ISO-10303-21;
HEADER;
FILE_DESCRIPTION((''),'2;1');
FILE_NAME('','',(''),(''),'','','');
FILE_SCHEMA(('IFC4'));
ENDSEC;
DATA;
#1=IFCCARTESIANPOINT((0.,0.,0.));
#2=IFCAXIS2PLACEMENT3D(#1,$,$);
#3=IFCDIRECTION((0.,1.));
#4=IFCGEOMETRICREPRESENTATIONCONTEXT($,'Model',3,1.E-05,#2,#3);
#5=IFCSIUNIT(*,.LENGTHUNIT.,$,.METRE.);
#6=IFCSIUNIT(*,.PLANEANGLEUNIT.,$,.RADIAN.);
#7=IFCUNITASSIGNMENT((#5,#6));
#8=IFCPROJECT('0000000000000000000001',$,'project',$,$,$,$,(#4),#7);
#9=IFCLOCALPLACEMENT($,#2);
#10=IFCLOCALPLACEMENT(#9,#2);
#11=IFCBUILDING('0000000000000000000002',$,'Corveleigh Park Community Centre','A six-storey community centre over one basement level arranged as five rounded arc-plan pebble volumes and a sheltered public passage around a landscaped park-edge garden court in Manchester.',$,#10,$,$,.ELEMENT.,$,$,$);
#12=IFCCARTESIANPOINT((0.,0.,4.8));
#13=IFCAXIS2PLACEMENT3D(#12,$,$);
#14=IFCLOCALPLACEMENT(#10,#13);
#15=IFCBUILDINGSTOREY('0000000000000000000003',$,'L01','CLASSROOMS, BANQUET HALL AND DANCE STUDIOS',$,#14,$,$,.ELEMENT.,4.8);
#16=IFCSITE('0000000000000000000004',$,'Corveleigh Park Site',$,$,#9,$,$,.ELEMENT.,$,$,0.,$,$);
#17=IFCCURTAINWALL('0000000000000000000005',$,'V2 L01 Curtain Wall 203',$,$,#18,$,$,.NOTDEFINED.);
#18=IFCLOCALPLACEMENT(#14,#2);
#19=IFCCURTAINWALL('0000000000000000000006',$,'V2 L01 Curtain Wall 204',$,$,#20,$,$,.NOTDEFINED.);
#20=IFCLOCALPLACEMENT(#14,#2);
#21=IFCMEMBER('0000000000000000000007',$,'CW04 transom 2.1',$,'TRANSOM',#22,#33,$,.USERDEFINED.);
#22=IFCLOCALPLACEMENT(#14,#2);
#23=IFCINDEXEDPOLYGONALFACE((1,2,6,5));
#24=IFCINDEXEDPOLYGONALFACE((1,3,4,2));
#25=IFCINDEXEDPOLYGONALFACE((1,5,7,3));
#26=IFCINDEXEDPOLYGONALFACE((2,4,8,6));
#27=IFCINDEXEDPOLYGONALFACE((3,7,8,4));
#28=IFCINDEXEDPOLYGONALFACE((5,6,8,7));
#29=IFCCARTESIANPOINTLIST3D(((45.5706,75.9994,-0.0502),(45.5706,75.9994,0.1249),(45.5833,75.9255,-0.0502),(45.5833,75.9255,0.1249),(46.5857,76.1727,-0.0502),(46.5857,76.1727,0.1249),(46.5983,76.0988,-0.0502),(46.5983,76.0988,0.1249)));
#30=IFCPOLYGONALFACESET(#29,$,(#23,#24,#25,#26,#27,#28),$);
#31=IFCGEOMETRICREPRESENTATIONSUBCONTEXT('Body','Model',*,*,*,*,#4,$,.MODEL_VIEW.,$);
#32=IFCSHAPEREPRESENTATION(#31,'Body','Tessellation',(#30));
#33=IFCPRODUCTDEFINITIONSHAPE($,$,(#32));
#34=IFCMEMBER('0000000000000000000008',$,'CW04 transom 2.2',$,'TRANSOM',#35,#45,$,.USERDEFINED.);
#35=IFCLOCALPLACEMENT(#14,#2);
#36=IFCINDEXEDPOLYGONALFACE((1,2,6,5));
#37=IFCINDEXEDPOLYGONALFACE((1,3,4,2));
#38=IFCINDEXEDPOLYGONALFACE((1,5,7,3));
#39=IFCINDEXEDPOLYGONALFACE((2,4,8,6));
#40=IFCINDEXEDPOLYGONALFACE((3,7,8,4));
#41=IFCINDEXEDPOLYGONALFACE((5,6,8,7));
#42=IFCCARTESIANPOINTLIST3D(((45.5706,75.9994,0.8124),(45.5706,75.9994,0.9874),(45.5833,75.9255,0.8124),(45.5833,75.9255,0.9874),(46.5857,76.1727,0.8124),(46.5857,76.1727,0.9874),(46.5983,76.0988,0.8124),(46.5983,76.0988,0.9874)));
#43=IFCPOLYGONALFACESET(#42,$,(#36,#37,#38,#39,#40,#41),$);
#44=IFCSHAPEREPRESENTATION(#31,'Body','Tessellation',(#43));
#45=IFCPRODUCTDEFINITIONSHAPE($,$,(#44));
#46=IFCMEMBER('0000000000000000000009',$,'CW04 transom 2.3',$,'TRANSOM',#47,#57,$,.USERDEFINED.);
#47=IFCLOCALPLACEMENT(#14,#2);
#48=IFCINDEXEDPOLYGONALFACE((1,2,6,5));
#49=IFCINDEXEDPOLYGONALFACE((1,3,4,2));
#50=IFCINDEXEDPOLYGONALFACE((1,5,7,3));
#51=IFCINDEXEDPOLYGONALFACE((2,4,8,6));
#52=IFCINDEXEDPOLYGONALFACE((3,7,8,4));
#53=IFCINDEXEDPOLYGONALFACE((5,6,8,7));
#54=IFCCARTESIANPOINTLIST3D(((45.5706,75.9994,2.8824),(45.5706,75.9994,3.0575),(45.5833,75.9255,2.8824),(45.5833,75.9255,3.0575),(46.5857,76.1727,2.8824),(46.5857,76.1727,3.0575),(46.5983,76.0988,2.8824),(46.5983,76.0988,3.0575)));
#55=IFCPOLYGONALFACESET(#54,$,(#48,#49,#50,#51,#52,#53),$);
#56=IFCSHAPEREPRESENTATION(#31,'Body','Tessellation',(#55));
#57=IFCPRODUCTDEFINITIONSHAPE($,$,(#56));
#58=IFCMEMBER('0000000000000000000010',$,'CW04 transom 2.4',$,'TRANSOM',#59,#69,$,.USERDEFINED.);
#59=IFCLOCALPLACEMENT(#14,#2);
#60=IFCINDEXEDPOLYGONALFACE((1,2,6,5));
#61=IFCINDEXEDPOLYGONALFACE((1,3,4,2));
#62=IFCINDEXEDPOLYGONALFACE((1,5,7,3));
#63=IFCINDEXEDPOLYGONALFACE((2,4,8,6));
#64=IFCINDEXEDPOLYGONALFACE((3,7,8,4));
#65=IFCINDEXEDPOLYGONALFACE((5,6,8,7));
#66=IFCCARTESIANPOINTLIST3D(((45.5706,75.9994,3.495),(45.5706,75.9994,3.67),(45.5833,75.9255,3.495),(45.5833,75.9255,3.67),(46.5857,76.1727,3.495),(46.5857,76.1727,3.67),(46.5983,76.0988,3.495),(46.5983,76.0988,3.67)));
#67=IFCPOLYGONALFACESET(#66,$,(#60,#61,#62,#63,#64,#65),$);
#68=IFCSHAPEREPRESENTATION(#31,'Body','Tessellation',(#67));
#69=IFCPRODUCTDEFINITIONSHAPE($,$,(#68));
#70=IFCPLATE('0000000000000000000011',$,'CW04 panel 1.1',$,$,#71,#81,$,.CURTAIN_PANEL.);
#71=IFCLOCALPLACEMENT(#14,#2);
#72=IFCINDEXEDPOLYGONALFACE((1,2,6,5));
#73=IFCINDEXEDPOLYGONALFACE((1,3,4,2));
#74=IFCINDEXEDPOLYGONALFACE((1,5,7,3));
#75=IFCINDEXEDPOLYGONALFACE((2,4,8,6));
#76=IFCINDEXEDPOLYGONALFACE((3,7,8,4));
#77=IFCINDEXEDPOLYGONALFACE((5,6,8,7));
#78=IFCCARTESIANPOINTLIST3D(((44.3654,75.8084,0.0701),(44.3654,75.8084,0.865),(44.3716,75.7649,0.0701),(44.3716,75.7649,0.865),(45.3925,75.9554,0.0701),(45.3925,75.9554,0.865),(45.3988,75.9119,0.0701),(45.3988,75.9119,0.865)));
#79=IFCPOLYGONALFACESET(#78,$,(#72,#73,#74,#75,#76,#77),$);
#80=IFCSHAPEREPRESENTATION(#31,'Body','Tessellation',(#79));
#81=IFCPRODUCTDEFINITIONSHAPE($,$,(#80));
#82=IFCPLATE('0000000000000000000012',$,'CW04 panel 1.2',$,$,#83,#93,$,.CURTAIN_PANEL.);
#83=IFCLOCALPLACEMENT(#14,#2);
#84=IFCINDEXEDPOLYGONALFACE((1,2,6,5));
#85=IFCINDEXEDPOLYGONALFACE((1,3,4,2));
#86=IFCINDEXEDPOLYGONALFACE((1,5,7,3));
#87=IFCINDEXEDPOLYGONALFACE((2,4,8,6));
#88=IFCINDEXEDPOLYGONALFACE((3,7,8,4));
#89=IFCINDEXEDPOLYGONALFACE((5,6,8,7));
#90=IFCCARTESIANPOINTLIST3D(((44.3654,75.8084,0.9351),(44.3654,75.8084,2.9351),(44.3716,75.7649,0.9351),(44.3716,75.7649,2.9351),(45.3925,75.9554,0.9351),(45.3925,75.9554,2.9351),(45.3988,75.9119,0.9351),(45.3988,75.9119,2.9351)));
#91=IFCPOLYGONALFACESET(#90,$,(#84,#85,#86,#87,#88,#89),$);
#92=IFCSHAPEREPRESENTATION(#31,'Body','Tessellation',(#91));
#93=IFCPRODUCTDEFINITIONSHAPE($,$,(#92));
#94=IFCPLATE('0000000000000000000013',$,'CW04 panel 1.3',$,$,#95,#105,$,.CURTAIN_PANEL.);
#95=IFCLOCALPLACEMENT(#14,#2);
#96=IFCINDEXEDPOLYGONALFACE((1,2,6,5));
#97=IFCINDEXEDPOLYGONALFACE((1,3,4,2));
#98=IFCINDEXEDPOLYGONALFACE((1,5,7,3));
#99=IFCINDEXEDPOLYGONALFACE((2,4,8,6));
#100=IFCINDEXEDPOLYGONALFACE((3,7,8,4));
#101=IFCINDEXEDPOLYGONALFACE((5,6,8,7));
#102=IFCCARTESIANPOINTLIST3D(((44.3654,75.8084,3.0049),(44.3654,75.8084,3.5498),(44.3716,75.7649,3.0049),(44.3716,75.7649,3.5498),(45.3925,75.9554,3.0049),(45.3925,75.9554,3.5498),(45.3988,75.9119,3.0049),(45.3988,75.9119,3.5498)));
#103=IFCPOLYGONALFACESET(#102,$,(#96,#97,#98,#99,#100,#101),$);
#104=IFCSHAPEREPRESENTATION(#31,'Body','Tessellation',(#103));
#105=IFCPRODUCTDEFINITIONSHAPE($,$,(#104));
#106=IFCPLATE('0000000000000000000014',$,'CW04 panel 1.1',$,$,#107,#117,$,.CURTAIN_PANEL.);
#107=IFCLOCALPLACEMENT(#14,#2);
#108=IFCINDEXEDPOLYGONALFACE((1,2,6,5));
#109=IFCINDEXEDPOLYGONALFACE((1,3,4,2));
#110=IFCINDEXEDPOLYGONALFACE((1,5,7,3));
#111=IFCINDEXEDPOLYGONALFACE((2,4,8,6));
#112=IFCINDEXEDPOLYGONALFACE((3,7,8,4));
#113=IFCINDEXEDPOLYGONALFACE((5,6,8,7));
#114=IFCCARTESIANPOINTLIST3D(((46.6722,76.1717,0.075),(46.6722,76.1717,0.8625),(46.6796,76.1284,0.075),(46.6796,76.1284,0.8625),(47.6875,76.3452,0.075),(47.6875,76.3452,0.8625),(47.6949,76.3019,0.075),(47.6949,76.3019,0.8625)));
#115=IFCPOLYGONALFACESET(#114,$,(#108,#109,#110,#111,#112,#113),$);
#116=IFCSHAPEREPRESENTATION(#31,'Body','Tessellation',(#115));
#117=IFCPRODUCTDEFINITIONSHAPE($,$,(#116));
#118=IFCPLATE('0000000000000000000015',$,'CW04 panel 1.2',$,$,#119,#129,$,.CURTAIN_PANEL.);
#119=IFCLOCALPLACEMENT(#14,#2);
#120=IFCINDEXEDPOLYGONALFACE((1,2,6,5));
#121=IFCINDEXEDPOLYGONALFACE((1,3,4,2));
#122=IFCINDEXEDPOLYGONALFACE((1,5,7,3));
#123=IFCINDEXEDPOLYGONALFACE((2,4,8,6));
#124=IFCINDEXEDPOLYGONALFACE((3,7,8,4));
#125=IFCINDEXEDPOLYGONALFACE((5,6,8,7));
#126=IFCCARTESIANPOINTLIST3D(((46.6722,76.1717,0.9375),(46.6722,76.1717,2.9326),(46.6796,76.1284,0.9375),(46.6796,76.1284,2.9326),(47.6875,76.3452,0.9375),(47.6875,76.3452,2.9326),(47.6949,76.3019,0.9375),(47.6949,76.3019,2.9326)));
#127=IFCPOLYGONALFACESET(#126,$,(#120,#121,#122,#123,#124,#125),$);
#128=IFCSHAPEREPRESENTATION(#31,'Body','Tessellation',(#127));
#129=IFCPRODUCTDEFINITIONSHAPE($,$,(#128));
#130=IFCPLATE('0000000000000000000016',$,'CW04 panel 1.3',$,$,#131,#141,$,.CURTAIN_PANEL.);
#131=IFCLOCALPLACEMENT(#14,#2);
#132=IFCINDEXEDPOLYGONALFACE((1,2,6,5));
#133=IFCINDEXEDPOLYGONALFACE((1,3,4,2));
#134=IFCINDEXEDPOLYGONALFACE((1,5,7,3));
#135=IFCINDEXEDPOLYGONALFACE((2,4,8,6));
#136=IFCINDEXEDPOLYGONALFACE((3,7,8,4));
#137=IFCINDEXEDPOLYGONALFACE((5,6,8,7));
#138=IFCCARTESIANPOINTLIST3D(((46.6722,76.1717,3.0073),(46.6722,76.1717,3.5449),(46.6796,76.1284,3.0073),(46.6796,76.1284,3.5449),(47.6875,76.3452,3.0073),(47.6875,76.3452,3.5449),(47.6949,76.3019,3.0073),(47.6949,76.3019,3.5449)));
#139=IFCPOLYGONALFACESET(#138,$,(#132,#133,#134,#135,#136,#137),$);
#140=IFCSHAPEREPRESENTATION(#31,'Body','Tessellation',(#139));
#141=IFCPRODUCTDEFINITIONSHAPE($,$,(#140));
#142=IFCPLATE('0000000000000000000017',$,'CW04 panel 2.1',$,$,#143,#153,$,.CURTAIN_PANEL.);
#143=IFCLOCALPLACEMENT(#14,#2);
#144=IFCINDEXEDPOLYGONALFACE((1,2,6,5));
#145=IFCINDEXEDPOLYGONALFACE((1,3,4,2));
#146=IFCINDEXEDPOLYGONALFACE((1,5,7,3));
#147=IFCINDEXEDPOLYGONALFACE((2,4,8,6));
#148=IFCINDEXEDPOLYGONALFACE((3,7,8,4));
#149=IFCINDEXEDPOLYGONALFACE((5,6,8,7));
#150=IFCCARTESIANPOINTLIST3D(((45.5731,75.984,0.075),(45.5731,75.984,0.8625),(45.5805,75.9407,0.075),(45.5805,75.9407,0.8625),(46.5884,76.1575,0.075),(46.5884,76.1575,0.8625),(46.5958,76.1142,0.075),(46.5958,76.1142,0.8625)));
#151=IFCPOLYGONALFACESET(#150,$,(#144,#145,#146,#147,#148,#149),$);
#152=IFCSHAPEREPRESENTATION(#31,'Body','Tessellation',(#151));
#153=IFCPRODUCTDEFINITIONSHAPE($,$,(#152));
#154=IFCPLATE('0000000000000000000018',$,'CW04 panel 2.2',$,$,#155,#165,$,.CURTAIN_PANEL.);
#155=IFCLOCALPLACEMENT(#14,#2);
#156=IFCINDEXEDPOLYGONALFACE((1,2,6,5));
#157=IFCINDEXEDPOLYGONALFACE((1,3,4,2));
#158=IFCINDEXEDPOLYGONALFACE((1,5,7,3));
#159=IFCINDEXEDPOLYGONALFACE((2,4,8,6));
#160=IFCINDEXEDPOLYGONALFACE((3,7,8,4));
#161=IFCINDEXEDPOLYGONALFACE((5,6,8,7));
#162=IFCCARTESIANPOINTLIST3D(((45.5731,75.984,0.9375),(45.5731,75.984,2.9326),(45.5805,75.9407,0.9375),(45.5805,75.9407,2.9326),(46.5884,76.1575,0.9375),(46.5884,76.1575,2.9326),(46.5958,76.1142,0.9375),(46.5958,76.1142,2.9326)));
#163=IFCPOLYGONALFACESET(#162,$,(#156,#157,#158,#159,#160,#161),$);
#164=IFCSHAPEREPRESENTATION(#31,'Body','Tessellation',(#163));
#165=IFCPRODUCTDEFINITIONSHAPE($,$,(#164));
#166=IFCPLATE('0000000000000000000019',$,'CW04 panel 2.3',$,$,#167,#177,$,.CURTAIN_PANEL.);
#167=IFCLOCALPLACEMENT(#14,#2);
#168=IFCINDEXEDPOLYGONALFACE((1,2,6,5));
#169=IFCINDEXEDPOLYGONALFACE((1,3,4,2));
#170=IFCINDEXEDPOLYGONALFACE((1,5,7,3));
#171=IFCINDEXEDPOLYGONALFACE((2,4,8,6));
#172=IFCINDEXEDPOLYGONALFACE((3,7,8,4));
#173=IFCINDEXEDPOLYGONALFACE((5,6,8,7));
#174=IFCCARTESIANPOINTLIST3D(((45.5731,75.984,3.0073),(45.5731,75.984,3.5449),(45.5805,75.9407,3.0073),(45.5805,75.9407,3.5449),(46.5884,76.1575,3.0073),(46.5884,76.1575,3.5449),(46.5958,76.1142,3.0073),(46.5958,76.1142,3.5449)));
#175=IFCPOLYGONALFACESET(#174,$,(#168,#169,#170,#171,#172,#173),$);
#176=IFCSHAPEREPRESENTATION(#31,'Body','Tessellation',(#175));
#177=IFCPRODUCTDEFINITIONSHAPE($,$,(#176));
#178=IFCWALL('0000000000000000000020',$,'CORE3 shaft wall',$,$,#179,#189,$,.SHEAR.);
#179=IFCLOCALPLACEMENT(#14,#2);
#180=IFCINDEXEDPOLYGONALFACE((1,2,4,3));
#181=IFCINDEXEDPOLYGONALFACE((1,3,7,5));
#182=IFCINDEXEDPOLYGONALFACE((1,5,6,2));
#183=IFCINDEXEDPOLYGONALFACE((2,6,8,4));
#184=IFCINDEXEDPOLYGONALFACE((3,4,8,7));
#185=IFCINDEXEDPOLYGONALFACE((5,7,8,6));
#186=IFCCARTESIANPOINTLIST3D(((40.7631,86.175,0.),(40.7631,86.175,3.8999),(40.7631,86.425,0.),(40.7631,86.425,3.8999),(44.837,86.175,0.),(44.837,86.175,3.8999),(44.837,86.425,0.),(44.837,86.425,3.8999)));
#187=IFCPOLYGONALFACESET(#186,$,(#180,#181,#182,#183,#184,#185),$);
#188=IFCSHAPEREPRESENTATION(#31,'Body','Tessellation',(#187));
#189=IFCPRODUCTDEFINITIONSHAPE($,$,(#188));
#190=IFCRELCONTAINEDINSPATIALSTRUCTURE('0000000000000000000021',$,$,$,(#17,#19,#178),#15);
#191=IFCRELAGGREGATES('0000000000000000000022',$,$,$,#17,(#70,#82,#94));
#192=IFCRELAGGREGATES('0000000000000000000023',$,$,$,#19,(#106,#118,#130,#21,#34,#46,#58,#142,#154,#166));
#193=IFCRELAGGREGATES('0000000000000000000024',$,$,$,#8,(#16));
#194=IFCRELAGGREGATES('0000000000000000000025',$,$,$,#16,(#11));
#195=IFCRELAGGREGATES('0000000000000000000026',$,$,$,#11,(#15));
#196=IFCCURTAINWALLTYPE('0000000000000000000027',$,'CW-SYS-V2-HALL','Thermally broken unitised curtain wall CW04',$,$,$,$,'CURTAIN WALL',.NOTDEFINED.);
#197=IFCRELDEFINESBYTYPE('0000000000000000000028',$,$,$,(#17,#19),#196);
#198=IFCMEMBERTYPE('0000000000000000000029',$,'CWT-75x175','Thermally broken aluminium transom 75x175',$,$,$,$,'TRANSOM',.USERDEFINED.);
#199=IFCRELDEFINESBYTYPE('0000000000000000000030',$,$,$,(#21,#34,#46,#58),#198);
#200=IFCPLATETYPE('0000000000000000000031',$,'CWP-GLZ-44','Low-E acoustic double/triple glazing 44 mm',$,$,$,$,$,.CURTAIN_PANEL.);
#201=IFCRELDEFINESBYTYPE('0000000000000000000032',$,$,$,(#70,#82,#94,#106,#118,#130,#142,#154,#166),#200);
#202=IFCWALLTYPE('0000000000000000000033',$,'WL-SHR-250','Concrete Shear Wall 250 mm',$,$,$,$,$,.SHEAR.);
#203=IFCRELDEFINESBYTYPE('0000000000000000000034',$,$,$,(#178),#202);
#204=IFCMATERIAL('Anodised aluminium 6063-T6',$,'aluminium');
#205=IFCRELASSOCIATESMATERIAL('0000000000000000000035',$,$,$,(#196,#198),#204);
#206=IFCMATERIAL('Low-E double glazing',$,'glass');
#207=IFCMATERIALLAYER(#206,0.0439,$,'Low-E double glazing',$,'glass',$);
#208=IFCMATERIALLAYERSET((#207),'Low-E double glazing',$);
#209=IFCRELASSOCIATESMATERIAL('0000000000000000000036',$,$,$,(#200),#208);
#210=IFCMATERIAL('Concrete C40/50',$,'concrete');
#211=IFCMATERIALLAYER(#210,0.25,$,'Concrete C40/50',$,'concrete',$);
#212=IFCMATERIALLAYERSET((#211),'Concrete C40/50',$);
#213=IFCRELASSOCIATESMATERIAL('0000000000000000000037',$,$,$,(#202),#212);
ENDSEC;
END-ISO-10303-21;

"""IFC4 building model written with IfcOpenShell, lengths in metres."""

from ifc_helpers import new_model, si_unit, direction, frame, frame_2d, origin, origin_2d, place, context, subcontext, project, spatial, rectangle, extrude, material, layer, layer_set, material_profile, profile_set, type_object, element, aggregate, save


model = new_model("IFC4")

# Units and contexts
model_context = context("Model", 3, precision=1e-05, world=origin(), true_north=direction((0.0, 1.0)))
body_context = subcontext(model_context, "Body", "Model", "MODEL_VIEW")
ifc_project = project(units=[si_unit("LENGTHUNIT", "METRE"), si_unit("PLANEANGLEUNIT", "RADIAN")], contexts=[model_context])

# Site, building, storey
site_placement = place(None, origin())
site = spatial("IfcSite", under=ifc_project, at=site_placement, Name="Corveleigh Park Site", CompositionType="ELEMENT", RefElevation=0.0)
building_placement = place(site_placement, origin())
building = spatial("IfcBuilding", under=site, at=building_placement, Name="Corveleigh Park Community Centre", Description="A six-storey community centre over one basement level arranged as five rounded arc-plan pebble volumes and a sheltered public passage around a landscaped park-edge garden court in Manchester.", CompositionType="ELEMENT")
storey_placement = place(building_placement, frame((0.0, 0.0, 4.8)))
storey = spatial("IfcBuildingStorey", under=building, at=storey_placement, Name="L01", Description="CLASSROOMS, BANQUET HALL AND DANCE STUDIOS", CompositionType="ELEMENT", Elevation=4.8)

# Curtain wall
ifc_material_1 = material(Name="Anodised aluminium 6063-T6", Category="aluminium")
curtain_wall_type = type_object("IfcCurtainWallType", Name="CW-SYS-V2-HALL", Description="Thermally broken unitised curtain wall CW04", ElementType="CURTAIN WALL", PredefinedType="NOTDEFINED", material=ifc_material_1)
curtain_wall_1_placement = place(storey_placement, origin())
curtain_wall_1 = element("IfcCurtainWall", 1, at=curtain_wall_1_placement, inside=storey, type_object=curtain_wall_type, Name="V2 L01 Curtain Wall 203", PredefinedType="NOTDEFINED")

# Curtain wall
curtain_wall_2_placement = place(storey_placement, origin())
curtain_wall_2 = element("IfcCurtainWall", 2, at=curtain_wall_2_placement, inside=storey, type_object=curtain_wall_type, Name="V2 L01 Curtain Wall 204", PredefinedType="NOTDEFINED")

# Members
ifc_material_profile_1 = material_profile(ifc_material_1, rectangle(XDim=0.075, YDim=0.175, at=origin_2d()), Name="ALU-T75x175", Category="aluminium")
ifc_profile_set_1 = profile_set([ifc_material_profile_1], Name="Anodised aluminium 6063-T6")
member_type_1 = type_object("IfcMemberType", Name="CWT-75x175", Description="Thermally broken aluminium transom 75x175", ElementType="TRANSOM", PredefinedType="USERDEFINED", material=ifc_profile_set_1)
member_1_placement = place(storey_placement, frame((46.592, 76.1357, 0.0374), z_axis=(-0.985733, -0.168319, 0.0), x_axis=(0.168319, -0.985733, 0.0)))
member_1 = element("IfcMember", 3, at=member_1_placement, type_object=member_type_1, Name="CW04 transom 2.1", ObjectType="TRANSOM", PredefinedType="USERDEFINED", context=body_context, shape_type="SweptSolid", body=[
    extrude(rectangle(XDim=0.075, YDim=0.175, at=origin_2d()), origin(), (0.0, 0.0, 1.0), 1.0298),
])
member_2_placement = place(storey_placement, frame((46.592, 76.1357, 0.8999), z_axis=(-0.985733, -0.168319, 0.0), x_axis=(0.168319, -0.985733, 0.0)))
member_2 = element("IfcMember", 4, at=member_2_placement, type_object=member_type_1, Name="CW04 transom 2.2", ObjectType="TRANSOM", PredefinedType="USERDEFINED", context=body_context, shape_type="SweptSolid", body=[
    extrude(rectangle(XDim=0.075, YDim=0.175, at=origin_2d()), origin(), (0.0, 0.0, 1.0), 1.0298),
])
member_3_placement = place(storey_placement, frame((46.592, 76.1357, 2.97), z_axis=(-0.985733, -0.168319, 0.0), x_axis=(0.168319, -0.985733, 0.0)))
member_3 = element("IfcMember", 5, at=member_3_placement, type_object=member_type_1, Name="CW04 transom 2.3", ObjectType="TRANSOM", PredefinedType="USERDEFINED", context=body_context, shape_type="SweptSolid", body=[
    extrude(rectangle(XDim=0.075, YDim=0.175, at=origin_2d()), origin(), (0.0, 0.0, 1.0), 1.0298),
])
member_4_placement = place(storey_placement, frame((46.592, 76.1357, 3.5825), z_axis=(-0.985733, -0.168319, 0.0), x_axis=(0.168319, -0.985733, 0.0)))
member_4 = element("IfcMember", 6, at=member_4_placement, type_object=member_type_1, Name="CW04 transom 2.4", ObjectType="TRANSOM", PredefinedType="USERDEFINED", context=body_context, shape_type="SweptSolid", body=[
    extrude(rectangle(XDim=0.075, YDim=0.175, at=origin_2d()), origin(), (0.0, 0.0, 1.0), 1.0298),
])

# Plates
ifc_material_2 = material(Name="Low-E double glazing", Category="glass")
ifc_layer_1 = layer(ifc_material_2, 0.0439, Name="Low-E double glazing", Category="glass")
ifc_layer_set_1 = layer_set([ifc_layer_1], Name="Low-E double glazing")
plate_type = type_object("IfcPlateType", Name="CWP-GLZ-44", Description="Low-E acoustic double/triple glazing 44 mm", PredefinedType="CURTAIN_PANEL", material=ifc_layer_set_1)
plate_1_placement = place(storey_placement, frame((44.8821, 75.8601, 0.0701), z_axis=(0.0, 0.0, 1.0), x_axis=(-0.989915, -0.141663, 0.0)))
plate_1 = element("IfcPlate", 7, at=plate_1_placement, type_object=plate_type, Name="CW04 panel 1.1", PredefinedType="CURTAIN_PANEL", context=body_context, shape_type="SweptSolid", body=[
    extrude(rectangle(XDim=1.0376, YDim=0.0439, at=origin_2d()), origin(), (0.0, 0.0, 1.0), 0.7949),
])
plate_2_placement = place(storey_placement, frame((44.8821, 75.8601, 0.9351), z_axis=(0.0, 0.0, 1.0), x_axis=(-0.989915, -0.141663, 0.0)))
plate_2 = element("IfcPlate", 8, at=plate_2_placement, type_object=plate_type, Name="CW04 panel 1.2", PredefinedType="CURTAIN_PANEL", context=body_context, shape_type="SweptSolid", body=[
    extrude(rectangle(XDim=1.0376, YDim=0.0439, at=origin_2d()), origin(), (0.0, 0.0, 1.0), 2.0),
])
plate_3_placement = place(storey_placement, frame((44.8821, 75.8601, 3.0049), z_axis=(0.0, 0.0, 1.0), x_axis=(-0.989915, -0.141663, 0.0)))
plate_3 = element("IfcPlate", 9, at=plate_3_placement, type_object=plate_type, Name="CW04 panel 1.3", PredefinedType="CURTAIN_PANEL", context=body_context, shape_type="SweptSolid", body=[
    extrude(rectangle(XDim=1.0376, YDim=0.0439, at=origin_2d()), origin(), (0.0, 0.0, 1.0), 0.5449),
])
aggregate(curtain_wall_1, [plate_1, plate_2, plate_3])
plate_4_placement = place(storey_placement, frame((47.1836, 76.2368, 0.075), z_axis=(0.0, 0.0, 1.0), x_axis=(-0.985708, -0.16846, 0.0)))
plate_4 = element("IfcPlate", 10, at=plate_4_placement, type_object=plate_type, Name="CW04 panel 1.1", PredefinedType="CURTAIN_PANEL", context=body_context, shape_type="SweptSolid", body=[
    extrude(rectangle(XDim=1.03, YDim=0.0439, at=origin_2d()), origin(), (0.0, 0.0, 1.0), 0.7876),
])
plate_5_placement = place(storey_placement, frame((47.1836, 76.2368, 0.9375), z_axis=(0.0, 0.0, 1.0), x_axis=(-0.985708, -0.16846, 0.0)))
plate_5 = element("IfcPlate", 11, at=plate_5_placement, type_object=plate_type, Name="CW04 panel 1.2", PredefinedType="CURTAIN_PANEL", context=body_context, shape_type="SweptSolid", body=[
    extrude(rectangle(XDim=1.03, YDim=0.0439, at=origin_2d()), origin(), (0.0, 0.0, 1.0), 1.9951),
])
plate_6_placement = place(storey_placement, frame((47.1836, 76.2368, 3.0073), z_axis=(0.0, 0.0, 1.0), x_axis=(-0.985708, -0.16846, 0.0)))
plate_6 = element("IfcPlate", 12, at=plate_6_placement, type_object=plate_type, Name="CW04 panel 1.3", PredefinedType="CURTAIN_PANEL", context=body_context, shape_type="SweptSolid", body=[
    extrude(rectangle(XDim=1.03, YDim=0.0439, at=origin_2d()), origin(), (0.0, 0.0, 1.0), 0.5376),
])
plate_7_placement = place(storey_placement, frame((46.0845, 76.0491, 0.075), z_axis=(0.0, 0.0, 1.0), x_axis=(-0.985708, -0.16846, 0.0)))
plate_7 = element("IfcPlate", 13, at=plate_7_placement, type_object=plate_type, Name="CW04 panel 2.1", PredefinedType="CURTAIN_PANEL", context=body_context, shape_type="SweptSolid", body=[
    extrude(rectangle(XDim=1.03, YDim=0.0439, at=origin_2d()), origin(), (0.0, 0.0, 1.0), 0.7876),
])
plate_8_placement = place(storey_placement, frame((46.0845, 76.0491, 0.9375), z_axis=(0.0, 0.0, 1.0), x_axis=(-0.985708, -0.16846, 0.0)))
plate_8 = element("IfcPlate", 14, at=plate_8_placement, type_object=plate_type, Name="CW04 panel 2.2", PredefinedType="CURTAIN_PANEL", context=body_context, shape_type="SweptSolid", body=[
    extrude(rectangle(XDim=1.03, YDim=0.0439, at=origin_2d()), origin(), (0.0, 0.0, 1.0), 1.9951),
])
plate_9_placement = place(storey_placement, frame((46.0845, 76.0491, 3.0073), z_axis=(0.0, 0.0, 1.0), x_axis=(-0.985708, -0.16846, 0.0)))
plate_9 = element("IfcPlate", 15, at=plate_9_placement, type_object=plate_type, Name="CW04 panel 2.3", PredefinedType="CURTAIN_PANEL", context=body_context, shape_type="SweptSolid", body=[
    extrude(rectangle(XDim=1.03, YDim=0.0439, at=origin_2d()), origin(), (0.0, 0.0, 1.0), 0.5376),
])
aggregate(curtain_wall_2, [plate_4, plate_5, plate_6, member_1, member_2, member_3, member_4, plate_7, plate_8, plate_9])

# Wall
ifc_material_3 = material(Name="Concrete C40/50", Category="concrete")
ifc_layer_2 = layer(ifc_material_3, 0.25, Name="Concrete C40/50", Category="concrete")
ifc_layer_set_2 = layer_set([ifc_layer_2], Name="Concrete C40/50")
wall_type_1 = type_object("IfcWallType", Name="WL-SHR-250", Description="Concrete Shear Wall 250 mm", PredefinedType="SHEAR", material=ifc_layer_set_2)
wall_1_placement = place(storey_placement, frame((40.7629, 86.3, 0.0), z_axis=(0.0, 0.0, 1.0), x_axis=(1.0, 0.0, 0.0)))
element("IfcWall", 16, at=wall_1_placement, inside=storey, type_object=wall_type_1, Name="CORE3 shaft wall", PredefinedType="SHEAR", context=body_context, shape_type="SweptSolid", body=[
    extrude(rectangle(XDim=4.074, YDim=0.25, at=frame_2d((2.0371, 0.0))), origin(), (0.0, 0.0, 1.0), 3.8999),
])

save(model, "model.ifc")
